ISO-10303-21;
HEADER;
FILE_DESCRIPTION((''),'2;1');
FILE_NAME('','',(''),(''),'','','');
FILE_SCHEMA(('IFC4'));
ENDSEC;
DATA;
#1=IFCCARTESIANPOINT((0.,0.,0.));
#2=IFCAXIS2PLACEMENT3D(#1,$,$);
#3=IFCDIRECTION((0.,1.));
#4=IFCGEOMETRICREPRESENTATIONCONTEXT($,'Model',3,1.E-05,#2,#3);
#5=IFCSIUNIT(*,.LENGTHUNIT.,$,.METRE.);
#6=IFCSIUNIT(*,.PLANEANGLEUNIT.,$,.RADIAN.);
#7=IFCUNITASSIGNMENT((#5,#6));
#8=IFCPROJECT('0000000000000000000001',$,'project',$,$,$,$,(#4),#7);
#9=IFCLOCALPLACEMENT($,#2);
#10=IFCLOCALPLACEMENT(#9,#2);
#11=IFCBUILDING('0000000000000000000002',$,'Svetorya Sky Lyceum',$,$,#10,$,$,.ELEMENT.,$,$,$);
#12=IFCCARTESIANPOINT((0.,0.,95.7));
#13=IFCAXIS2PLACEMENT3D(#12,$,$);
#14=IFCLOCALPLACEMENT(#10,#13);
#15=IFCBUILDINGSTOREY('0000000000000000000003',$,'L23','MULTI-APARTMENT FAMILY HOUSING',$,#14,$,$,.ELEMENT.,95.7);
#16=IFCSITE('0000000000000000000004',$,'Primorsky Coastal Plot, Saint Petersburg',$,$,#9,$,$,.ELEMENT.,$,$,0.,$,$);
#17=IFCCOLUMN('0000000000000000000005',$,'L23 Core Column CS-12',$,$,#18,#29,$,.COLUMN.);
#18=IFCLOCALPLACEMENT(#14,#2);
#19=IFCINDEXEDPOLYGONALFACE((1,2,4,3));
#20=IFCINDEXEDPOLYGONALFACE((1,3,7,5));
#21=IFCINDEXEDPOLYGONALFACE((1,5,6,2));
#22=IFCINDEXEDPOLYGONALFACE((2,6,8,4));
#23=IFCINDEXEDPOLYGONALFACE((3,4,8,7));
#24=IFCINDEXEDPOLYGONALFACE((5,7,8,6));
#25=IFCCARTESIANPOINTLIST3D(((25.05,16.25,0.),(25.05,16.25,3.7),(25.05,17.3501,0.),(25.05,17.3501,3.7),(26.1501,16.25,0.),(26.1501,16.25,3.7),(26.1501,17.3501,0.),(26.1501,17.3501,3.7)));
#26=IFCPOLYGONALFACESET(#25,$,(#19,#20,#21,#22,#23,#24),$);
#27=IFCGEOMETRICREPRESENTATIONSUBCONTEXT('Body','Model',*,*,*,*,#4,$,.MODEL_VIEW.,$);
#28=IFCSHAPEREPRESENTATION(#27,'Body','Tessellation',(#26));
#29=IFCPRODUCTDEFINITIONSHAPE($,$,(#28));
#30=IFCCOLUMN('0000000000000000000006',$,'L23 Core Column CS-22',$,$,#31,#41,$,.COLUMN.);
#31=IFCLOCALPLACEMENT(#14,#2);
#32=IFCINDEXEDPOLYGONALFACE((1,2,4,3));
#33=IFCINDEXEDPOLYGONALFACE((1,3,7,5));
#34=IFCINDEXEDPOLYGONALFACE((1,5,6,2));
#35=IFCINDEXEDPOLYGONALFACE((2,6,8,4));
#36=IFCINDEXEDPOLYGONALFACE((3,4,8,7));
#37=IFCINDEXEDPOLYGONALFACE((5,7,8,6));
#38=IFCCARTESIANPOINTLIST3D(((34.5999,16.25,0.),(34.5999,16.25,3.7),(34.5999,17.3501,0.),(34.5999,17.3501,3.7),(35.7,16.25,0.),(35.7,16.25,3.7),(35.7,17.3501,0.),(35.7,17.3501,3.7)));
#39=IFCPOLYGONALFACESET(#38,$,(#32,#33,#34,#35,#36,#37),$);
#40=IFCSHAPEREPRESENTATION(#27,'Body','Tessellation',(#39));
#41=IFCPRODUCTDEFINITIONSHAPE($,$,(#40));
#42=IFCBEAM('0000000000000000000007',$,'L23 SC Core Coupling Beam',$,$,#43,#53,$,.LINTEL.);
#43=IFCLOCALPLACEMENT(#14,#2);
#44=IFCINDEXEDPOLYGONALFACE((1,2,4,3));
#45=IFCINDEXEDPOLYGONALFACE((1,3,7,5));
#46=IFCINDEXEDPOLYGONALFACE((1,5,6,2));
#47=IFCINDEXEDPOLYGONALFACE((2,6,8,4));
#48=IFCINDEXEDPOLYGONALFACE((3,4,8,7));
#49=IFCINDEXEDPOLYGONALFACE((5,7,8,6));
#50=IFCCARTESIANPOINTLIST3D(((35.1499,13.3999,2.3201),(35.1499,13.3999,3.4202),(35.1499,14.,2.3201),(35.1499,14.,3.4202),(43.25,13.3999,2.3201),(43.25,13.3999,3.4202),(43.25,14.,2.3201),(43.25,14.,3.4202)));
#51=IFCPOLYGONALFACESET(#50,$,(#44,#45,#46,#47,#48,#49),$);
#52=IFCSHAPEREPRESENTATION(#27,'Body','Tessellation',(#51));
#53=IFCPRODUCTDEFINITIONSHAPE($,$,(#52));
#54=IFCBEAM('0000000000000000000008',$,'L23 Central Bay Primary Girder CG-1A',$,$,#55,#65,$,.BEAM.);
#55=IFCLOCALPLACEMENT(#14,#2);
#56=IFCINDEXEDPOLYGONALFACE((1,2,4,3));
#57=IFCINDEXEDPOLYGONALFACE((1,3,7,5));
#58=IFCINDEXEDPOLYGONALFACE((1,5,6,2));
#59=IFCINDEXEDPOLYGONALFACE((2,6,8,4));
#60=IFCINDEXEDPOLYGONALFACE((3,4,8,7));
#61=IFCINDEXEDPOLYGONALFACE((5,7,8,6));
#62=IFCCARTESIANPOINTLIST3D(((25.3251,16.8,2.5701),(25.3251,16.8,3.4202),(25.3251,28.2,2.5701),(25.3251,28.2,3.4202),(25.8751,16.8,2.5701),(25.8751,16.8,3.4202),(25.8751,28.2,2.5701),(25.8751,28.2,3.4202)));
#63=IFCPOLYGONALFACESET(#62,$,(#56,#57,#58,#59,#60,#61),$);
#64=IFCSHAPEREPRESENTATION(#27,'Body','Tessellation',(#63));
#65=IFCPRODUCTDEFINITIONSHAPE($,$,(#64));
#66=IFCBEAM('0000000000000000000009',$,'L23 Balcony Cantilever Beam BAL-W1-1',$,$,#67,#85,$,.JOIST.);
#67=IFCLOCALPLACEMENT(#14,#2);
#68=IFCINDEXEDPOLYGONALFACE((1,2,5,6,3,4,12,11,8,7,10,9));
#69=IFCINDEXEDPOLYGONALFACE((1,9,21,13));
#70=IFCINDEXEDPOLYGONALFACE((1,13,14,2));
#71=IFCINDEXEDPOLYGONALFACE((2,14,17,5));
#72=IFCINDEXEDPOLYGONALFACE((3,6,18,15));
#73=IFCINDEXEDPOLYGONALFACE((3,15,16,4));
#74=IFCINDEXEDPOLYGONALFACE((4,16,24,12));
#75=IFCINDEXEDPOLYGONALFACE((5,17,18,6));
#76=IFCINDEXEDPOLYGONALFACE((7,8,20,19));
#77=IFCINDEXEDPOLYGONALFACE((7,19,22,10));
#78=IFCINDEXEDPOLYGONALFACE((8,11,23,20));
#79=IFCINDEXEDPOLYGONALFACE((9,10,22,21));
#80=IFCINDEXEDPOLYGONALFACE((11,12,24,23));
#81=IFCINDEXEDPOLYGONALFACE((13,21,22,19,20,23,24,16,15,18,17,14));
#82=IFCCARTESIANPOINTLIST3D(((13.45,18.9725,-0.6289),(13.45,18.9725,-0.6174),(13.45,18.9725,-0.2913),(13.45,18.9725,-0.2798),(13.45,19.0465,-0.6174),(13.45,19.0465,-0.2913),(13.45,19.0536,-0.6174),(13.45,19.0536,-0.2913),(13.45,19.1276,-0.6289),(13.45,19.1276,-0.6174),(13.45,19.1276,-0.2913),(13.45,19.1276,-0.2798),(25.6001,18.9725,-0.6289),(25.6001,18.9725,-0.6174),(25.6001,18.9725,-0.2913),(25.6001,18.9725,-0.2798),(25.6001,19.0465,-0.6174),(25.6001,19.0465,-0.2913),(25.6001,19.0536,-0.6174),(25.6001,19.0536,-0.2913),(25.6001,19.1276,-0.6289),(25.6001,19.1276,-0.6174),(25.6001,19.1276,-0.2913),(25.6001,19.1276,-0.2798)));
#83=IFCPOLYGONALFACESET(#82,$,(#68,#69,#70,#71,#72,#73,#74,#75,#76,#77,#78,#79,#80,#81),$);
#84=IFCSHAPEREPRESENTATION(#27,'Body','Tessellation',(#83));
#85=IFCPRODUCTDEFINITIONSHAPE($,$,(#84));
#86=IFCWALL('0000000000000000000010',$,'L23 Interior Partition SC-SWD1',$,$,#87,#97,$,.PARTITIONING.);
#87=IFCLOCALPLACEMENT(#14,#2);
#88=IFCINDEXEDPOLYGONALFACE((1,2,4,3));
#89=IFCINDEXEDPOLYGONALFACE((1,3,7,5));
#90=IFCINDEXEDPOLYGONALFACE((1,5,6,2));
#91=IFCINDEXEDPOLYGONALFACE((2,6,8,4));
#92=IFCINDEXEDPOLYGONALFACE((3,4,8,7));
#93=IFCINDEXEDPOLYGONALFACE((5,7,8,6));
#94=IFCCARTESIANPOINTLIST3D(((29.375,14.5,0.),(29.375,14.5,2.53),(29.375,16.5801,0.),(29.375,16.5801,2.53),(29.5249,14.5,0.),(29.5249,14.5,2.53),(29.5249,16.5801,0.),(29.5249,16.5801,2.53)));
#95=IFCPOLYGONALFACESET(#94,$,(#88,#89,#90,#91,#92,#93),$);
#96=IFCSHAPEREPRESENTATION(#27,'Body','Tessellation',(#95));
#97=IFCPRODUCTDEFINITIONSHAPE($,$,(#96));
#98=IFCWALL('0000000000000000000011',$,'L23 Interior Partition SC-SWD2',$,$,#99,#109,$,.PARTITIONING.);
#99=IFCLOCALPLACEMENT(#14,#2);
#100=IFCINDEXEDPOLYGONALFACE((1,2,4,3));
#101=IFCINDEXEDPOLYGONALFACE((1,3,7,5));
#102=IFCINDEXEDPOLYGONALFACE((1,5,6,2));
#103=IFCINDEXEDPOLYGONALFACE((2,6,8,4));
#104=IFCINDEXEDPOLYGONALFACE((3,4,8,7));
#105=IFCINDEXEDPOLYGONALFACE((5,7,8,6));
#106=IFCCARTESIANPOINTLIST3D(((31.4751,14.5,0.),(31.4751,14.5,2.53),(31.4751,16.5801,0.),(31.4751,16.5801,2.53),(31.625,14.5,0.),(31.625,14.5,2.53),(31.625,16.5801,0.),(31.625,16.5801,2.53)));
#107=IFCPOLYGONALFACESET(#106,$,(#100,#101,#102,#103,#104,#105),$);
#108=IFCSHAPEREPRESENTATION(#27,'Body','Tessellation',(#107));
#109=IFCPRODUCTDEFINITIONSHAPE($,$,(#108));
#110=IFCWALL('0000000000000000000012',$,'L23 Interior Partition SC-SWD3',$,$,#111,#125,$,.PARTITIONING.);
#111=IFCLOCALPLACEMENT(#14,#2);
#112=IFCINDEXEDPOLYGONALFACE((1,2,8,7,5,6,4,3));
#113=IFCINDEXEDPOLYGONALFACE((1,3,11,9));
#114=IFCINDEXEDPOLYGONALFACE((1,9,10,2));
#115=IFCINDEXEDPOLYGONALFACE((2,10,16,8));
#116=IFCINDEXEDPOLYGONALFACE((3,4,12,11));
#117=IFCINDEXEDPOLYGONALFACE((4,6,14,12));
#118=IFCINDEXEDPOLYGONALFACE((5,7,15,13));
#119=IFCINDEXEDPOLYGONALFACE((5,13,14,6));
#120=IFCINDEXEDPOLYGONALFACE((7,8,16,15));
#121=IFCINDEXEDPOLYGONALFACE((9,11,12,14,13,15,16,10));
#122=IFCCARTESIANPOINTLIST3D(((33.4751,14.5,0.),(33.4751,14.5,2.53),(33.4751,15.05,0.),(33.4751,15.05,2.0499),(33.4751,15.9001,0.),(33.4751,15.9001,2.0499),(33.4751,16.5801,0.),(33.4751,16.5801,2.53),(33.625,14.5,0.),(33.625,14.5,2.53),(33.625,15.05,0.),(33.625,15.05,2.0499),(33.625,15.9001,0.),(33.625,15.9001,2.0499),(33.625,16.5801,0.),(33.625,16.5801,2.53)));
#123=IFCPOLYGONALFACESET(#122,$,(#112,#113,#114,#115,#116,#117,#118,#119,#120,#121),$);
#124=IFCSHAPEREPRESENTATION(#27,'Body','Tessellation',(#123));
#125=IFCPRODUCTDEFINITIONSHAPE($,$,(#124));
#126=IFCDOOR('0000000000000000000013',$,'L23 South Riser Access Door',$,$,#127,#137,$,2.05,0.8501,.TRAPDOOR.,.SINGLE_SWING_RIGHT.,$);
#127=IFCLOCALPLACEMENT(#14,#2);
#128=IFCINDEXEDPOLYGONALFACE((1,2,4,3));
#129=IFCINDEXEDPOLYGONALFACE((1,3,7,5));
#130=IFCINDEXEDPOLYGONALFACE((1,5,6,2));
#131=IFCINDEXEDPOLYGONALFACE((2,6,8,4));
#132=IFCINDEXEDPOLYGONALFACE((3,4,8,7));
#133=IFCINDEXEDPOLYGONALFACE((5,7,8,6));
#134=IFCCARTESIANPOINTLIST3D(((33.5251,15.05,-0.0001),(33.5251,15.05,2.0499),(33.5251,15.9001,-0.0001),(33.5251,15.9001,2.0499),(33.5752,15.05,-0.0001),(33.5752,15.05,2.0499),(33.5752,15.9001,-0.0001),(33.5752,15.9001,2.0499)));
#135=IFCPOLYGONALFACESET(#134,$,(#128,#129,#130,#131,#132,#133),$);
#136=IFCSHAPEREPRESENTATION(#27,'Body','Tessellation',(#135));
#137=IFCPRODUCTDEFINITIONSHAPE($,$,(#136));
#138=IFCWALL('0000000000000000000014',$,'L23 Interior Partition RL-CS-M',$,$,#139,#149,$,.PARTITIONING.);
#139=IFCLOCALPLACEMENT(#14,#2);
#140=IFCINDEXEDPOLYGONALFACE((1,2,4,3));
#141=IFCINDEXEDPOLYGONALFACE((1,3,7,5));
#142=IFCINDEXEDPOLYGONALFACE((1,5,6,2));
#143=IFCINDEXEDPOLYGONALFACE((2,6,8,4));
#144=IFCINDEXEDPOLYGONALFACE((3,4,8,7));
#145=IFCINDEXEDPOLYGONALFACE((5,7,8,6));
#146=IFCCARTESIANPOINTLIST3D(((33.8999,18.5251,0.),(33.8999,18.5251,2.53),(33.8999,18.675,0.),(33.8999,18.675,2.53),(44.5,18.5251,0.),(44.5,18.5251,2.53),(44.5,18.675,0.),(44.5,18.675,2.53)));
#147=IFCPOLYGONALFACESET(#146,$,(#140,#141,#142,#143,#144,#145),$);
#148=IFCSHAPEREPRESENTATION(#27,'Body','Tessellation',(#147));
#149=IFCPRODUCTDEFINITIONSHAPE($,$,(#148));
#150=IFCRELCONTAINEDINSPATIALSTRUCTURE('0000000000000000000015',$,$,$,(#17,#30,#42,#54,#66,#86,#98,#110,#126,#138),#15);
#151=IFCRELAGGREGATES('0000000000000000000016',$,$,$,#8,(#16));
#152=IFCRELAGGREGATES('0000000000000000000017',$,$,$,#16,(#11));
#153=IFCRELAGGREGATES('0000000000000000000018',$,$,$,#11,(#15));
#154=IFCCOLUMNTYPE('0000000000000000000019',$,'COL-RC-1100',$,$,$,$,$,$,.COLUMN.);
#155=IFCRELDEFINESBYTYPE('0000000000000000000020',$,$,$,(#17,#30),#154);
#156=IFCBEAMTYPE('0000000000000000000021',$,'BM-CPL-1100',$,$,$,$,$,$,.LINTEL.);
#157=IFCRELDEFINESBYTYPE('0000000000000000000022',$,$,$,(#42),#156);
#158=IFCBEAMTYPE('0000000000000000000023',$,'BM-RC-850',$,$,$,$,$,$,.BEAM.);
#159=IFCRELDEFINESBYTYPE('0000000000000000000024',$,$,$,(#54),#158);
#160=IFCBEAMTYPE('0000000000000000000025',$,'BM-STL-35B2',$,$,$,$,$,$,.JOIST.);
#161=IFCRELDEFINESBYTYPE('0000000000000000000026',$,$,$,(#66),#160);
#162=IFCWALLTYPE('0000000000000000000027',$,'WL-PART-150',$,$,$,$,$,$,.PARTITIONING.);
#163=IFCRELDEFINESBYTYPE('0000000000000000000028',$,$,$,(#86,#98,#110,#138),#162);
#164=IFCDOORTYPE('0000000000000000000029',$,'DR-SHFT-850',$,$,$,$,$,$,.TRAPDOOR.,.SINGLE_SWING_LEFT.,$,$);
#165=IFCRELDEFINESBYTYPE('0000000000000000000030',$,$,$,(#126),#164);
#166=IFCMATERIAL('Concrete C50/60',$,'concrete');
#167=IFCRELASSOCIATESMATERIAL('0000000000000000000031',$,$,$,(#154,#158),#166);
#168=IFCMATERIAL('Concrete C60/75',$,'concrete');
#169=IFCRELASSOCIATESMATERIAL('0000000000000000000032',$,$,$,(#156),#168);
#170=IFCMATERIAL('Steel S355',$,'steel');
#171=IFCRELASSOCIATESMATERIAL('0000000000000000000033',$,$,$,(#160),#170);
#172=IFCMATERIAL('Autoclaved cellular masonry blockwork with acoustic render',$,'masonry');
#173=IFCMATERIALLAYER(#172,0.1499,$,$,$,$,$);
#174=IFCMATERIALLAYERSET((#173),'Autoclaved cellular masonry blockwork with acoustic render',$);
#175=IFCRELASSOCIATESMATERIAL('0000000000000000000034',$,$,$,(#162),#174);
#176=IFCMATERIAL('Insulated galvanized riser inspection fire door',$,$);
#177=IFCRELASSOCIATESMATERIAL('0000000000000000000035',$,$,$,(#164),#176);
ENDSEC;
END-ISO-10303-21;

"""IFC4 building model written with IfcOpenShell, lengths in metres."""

from ifc_helpers import new_model, si_unit, direction, frame, frame_2d, origin, origin_2d, place, context, subcontext, project, spatial, rectangle, i_section, extrude, material, layer, layer_set, material_profile, profile_set, type_object, element, fill, save


model = new_model("IFC4")

# Units and contexts
model_context = context("Model", 3, precision=1e-05, world=origin(), true_north=direction((0.0, 1.0)))
body_context = subcontext(model_context, "Body", "Model", "MODEL_VIEW")
ifc_project = project(units=[si_unit("LENGTHUNIT", "METRE"), si_unit("PLANEANGLEUNIT", "RADIAN")], contexts=[model_context])

# Site, building, storey
site_placement = place(None, origin())
site = spatial("IfcSite", under=ifc_project, at=site_placement, Name="Primorsky Coastal Plot, Saint Petersburg", CompositionType="ELEMENT", RefElevation=0.0)
building_placement = place(site_placement, origin())
building = spatial("IfcBuilding", under=site, at=building_placement, Name="Svetorya Sky Lyceum", CompositionType="ELEMENT")
storey_placement = place(building_placement, frame((0.0, 0.0, 95.7)))
storey = spatial("IfcBuildingStorey", under=building, at=storey_placement, Name="L23", Description="MULTI-APARTMENT FAMILY HOUSING", CompositionType="ELEMENT", Elevation=95.7)

# Columns
ifc_material_1 = material(Name="Concrete C50/60", Category="concrete")
ifc_material_profile_1 = material_profile(ifc_material_1, rectangle(XDim=1.1001, YDim=1.1001, at=origin_2d()), Name="RC COL 1100x1100")
ifc_profile_set_1 = profile_set([ifc_material_profile_1], Name="Concrete C50/60")
column_type = type_object("IfcColumnType", Name="COL-RC-1100", PredefinedType="COLUMN", material=ifc_profile_set_1)
for number, where, z_axis, x_axis, name in (
    (1, (25.6001, 16.8, 0.0), (0.0, 0.0, 1.0), (1.0, 0.0, 0.0), "L23 Core Column CS-12"),
    (2, (35.1499, 16.8, 0.0), (0.0, 0.0, 1.0), (1.0, 0.0, 0.0), "L23 Core Column CS-22"),
):
    element("IfcColumn", number, at=place(storey_placement, frame(where, z_axis=z_axis, x_axis=x_axis)), inside=storey, type_object=column_type, Name=name, PredefinedType="COLUMN", context=body_context, shape_type="SweptSolid", body=[
        extrude(rectangle(XDim=1.1001, YDim=1.1001, at=origin_2d()), origin(), (0.0, 0.0, 1.0), 3.7),
    ])

# Beams
ifc_material_2 = material(Name="Concrete C60/75", Category="concrete")
ifc_material_profile_2 = material_profile(ifc_material_2, rectangle(XDim=0.6001, YDim=1.1001, at=origin_2d()), Name="RC COUPLING 600x1100")
ifc_profile_set_2 = profile_set([ifc_material_profile_2], Name="Concrete C60/75")
beam_type_1 = type_object("IfcBeamType", Name="BM-CPL-1100", PredefinedType="LINTEL", material=ifc_profile_set_2)
beam_1_placement = place(storey_placement, frame((35.1499, 13.7, 2.8701), z_axis=(1.0, 0.0, 0.0), x_axis=(0.0, 1.0, 0.0)))
element("IfcBeam", 3, at=beam_1_placement, inside=storey, type_object=beam_type_1, Name="L23 SC Core Coupling Beam", PredefinedType="LINTEL", context=body_context, shape_type="SweptSolid", body=[
    extrude(rectangle(XDim=0.6001, YDim=1.1001, at=origin_2d()), origin(), (0.0, 0.0, 1.0), 8.1001),
])
ifc_material_profile_3 = material_profile(ifc_material_1, rectangle(XDim=0.55, YDim=0.8501, at=origin_2d()), Name="RC BEAM 550x850")
ifc_profile_set_3 = profile_set([ifc_material_profile_3], Name="Concrete C50/60")
beam_type_2 = type_object("IfcBeamType", Name="BM-RC-850", PredefinedType="BEAM", material=ifc_profile_set_3)
beam_2_placement = place(storey_placement, frame((25.6001, 16.8, 2.9951), z_axis=(0.0, 1.0, 0.0), x_axis=(-1.0, 0.0, 0.0)))
element("IfcBeam", 4, at=beam_2_placement, inside=storey, type_object=beam_type_2, Name="L23 Central Bay Primary Girder CG-1A", PredefinedType="BEAM", context=body_context, shape_type="SweptSolid", body=[
    extrude(rectangle(XDim=0.55, YDim=0.8501, at=origin_2d()), origin(), (0.0, 0.0, 1.0), 11.3999),
])
ifc_material_3 = material(Name="Steel S355", Category="steel")
ifc_material_profile_4 = material_profile(ifc_material_3, i_section(OverallWidth=0.155, OverallDepth=0.3491, WebThickness=0.0071, FlangeThickness=0.0115, at=origin_2d()), Name="GOST 35B2")
ifc_profile_set_4 = profile_set([ifc_material_profile_4], Name="Steel S355")
beam_type_3 = type_object("IfcBeamType", Name="BM-STL-35B2", PredefinedType="JOIST", material=ifc_profile_set_4)
beam_3_placement = place(storey_placement, frame((25.6001, 19.05, -0.4543), z_axis=(-1.0, 0.0, 0.0), x_axis=(0.0, -1.0, 0.0)))
element("IfcBeam", 5, at=beam_3_placement, inside=storey, type_object=beam_type_3, Name="L23 Balcony Cantilever Beam BAL-W1-1", PredefinedType="JOIST", context=body_context, shape_type="SweptSolid", body=[
    extrude(i_section(OverallWidth=0.155, OverallDepth=0.3491, WebThickness=0.0071, FlangeThickness=0.0115, at=origin_2d()), origin(), (0.0, 0.0, 1.0), 12.1501),
])

# Walls
ifc_material_4 = material(Name="Autoclaved cellular masonry blockwork with acoustic render", Category="masonry")
ifc_layer_1 = layer(ifc_material_4, 0.1499)
ifc_layer_set_1 = layer_set([ifc_layer_1], Name="Autoclaved cellular masonry blockwork with acoustic render")
wall_type_1 = type_object("IfcWallType", Name="WL-PART-150", PredefinedType="PARTITIONING", material=ifc_layer_set_1)
for number, where, z_axis, x_axis, name in (
    (6, (29.45, 14.5, 0.0), (0.0, 0.0, 1.0), (0.0, 1.0, 0.0), "L23 Interior Partition SC-SWD1"),
    (7, (31.55, 14.5, 0.0), (0.0, 0.0, 1.0), (0.0, 1.0, 0.0), "L23 Interior Partition SC-SWD2"),
):
    element("IfcWall", number, at=place(storey_placement, frame(where, z_axis=z_axis, x_axis=x_axis)), inside=storey, type_object=wall_type_1, Name=name, PredefinedType="PARTITIONING", context=body_context, shape_type="SweptSolid", body=[
        extrude(rectangle(XDim=2.0801, YDim=0.1499, at=frame_2d((1.04, 0.0))), origin(), (0.0, 0.0, 1.0), 2.53),
    ])

# Wall, opening, door
wall_1_placement = place(storey_placement, frame((33.55, 14.5, 0.0), z_axis=(0.0, 0.0, 1.0), x_axis=(0.0, 1.0, 0.0)))
wall_1 = element("IfcWall", 8, at=wall_1_placement, inside=storey, type_object=wall_type_1, Name="L23 Interior Partition SC-SWD3", PredefinedType="PARTITIONING", context=body_context, shape_type="SweptSolid", body=[
    extrude(rectangle(XDim=2.0801, YDim=0.1499, at=frame_2d((1.04, 0.0))), origin(), (0.0, 0.0, 1.0), 2.53),
])
opening_1_placement = place(wall_1_placement, frame((0.55, 0.0, 0.0)))
opening_1 = element("IfcOpeningElement", 9, at=opening_1_placement, cuts=wall_1, PredefinedType="OPENING", context=body_context, shape_type="SweptSolid", body=[
    extrude(rectangle(XDim=0.8501, YDim=2.05, at=frame_2d((0.425, 1.0249))), frame((0.0, 0.085, 0.0), z_axis=(0.0, -1.0, 0.0), x_axis=(1.0, 0.0, 0.0)), (0.0, 0.0, 1.0), 0.1699),
])
ifc_material_5 = material(Name="Insulated galvanized riser inspection fire door")
door_type_1 = type_object("IfcDoorType", Name="DR-SHFT-850", OperationType="SINGLE_SWING_LEFT", PredefinedType="TRAPDOOR", material=ifc_material_5)
door_1_placement = place(opening_1_placement, origin())
door_1 = element("IfcDoor", 10, at=door_1_placement, inside=storey, type_object=door_type_1, Name="L23 South Riser Access Door", OperationType="SINGLE_SWING_RIGHT", OverallHeight=2.05, OverallWidth=0.8501, PredefinedType="TRAPDOOR", context=body_context, shape_type="SweptSolid", body=[
    extrude(rectangle(XDim=0.8501, YDim=2.05, at=frame_2d((0.425, 1.0249))), frame((0.0, 0.0249, 0.0), z_axis=(0.0, -1.0, 0.0), x_axis=(1.0, 0.0, 0.0)), (0.0, 0.0, 1.0), 0.05),
])
fill(opening_1, door_1)

# Wall
wall_2_placement = place(storey_placement, frame((33.8999, 18.6001, 0.0), z_axis=(0.0, 0.0, 1.0), x_axis=(1.0, 0.0, 0.0)))
element("IfcWall", 11, at=wall_2_placement, inside=storey, type_object=wall_type_1, Name="L23 Interior Partition RL-CS-M", PredefinedType="PARTITIONING", context=body_context, shape_type="SweptSolid", body=[
    extrude(rectangle(XDim=10.6001, YDim=0.1499, at=frame_2d((5.3, 0.0))), origin(), (0.0, 0.0, 1.0), 2.53),
])

save(model, "model.ifc")
